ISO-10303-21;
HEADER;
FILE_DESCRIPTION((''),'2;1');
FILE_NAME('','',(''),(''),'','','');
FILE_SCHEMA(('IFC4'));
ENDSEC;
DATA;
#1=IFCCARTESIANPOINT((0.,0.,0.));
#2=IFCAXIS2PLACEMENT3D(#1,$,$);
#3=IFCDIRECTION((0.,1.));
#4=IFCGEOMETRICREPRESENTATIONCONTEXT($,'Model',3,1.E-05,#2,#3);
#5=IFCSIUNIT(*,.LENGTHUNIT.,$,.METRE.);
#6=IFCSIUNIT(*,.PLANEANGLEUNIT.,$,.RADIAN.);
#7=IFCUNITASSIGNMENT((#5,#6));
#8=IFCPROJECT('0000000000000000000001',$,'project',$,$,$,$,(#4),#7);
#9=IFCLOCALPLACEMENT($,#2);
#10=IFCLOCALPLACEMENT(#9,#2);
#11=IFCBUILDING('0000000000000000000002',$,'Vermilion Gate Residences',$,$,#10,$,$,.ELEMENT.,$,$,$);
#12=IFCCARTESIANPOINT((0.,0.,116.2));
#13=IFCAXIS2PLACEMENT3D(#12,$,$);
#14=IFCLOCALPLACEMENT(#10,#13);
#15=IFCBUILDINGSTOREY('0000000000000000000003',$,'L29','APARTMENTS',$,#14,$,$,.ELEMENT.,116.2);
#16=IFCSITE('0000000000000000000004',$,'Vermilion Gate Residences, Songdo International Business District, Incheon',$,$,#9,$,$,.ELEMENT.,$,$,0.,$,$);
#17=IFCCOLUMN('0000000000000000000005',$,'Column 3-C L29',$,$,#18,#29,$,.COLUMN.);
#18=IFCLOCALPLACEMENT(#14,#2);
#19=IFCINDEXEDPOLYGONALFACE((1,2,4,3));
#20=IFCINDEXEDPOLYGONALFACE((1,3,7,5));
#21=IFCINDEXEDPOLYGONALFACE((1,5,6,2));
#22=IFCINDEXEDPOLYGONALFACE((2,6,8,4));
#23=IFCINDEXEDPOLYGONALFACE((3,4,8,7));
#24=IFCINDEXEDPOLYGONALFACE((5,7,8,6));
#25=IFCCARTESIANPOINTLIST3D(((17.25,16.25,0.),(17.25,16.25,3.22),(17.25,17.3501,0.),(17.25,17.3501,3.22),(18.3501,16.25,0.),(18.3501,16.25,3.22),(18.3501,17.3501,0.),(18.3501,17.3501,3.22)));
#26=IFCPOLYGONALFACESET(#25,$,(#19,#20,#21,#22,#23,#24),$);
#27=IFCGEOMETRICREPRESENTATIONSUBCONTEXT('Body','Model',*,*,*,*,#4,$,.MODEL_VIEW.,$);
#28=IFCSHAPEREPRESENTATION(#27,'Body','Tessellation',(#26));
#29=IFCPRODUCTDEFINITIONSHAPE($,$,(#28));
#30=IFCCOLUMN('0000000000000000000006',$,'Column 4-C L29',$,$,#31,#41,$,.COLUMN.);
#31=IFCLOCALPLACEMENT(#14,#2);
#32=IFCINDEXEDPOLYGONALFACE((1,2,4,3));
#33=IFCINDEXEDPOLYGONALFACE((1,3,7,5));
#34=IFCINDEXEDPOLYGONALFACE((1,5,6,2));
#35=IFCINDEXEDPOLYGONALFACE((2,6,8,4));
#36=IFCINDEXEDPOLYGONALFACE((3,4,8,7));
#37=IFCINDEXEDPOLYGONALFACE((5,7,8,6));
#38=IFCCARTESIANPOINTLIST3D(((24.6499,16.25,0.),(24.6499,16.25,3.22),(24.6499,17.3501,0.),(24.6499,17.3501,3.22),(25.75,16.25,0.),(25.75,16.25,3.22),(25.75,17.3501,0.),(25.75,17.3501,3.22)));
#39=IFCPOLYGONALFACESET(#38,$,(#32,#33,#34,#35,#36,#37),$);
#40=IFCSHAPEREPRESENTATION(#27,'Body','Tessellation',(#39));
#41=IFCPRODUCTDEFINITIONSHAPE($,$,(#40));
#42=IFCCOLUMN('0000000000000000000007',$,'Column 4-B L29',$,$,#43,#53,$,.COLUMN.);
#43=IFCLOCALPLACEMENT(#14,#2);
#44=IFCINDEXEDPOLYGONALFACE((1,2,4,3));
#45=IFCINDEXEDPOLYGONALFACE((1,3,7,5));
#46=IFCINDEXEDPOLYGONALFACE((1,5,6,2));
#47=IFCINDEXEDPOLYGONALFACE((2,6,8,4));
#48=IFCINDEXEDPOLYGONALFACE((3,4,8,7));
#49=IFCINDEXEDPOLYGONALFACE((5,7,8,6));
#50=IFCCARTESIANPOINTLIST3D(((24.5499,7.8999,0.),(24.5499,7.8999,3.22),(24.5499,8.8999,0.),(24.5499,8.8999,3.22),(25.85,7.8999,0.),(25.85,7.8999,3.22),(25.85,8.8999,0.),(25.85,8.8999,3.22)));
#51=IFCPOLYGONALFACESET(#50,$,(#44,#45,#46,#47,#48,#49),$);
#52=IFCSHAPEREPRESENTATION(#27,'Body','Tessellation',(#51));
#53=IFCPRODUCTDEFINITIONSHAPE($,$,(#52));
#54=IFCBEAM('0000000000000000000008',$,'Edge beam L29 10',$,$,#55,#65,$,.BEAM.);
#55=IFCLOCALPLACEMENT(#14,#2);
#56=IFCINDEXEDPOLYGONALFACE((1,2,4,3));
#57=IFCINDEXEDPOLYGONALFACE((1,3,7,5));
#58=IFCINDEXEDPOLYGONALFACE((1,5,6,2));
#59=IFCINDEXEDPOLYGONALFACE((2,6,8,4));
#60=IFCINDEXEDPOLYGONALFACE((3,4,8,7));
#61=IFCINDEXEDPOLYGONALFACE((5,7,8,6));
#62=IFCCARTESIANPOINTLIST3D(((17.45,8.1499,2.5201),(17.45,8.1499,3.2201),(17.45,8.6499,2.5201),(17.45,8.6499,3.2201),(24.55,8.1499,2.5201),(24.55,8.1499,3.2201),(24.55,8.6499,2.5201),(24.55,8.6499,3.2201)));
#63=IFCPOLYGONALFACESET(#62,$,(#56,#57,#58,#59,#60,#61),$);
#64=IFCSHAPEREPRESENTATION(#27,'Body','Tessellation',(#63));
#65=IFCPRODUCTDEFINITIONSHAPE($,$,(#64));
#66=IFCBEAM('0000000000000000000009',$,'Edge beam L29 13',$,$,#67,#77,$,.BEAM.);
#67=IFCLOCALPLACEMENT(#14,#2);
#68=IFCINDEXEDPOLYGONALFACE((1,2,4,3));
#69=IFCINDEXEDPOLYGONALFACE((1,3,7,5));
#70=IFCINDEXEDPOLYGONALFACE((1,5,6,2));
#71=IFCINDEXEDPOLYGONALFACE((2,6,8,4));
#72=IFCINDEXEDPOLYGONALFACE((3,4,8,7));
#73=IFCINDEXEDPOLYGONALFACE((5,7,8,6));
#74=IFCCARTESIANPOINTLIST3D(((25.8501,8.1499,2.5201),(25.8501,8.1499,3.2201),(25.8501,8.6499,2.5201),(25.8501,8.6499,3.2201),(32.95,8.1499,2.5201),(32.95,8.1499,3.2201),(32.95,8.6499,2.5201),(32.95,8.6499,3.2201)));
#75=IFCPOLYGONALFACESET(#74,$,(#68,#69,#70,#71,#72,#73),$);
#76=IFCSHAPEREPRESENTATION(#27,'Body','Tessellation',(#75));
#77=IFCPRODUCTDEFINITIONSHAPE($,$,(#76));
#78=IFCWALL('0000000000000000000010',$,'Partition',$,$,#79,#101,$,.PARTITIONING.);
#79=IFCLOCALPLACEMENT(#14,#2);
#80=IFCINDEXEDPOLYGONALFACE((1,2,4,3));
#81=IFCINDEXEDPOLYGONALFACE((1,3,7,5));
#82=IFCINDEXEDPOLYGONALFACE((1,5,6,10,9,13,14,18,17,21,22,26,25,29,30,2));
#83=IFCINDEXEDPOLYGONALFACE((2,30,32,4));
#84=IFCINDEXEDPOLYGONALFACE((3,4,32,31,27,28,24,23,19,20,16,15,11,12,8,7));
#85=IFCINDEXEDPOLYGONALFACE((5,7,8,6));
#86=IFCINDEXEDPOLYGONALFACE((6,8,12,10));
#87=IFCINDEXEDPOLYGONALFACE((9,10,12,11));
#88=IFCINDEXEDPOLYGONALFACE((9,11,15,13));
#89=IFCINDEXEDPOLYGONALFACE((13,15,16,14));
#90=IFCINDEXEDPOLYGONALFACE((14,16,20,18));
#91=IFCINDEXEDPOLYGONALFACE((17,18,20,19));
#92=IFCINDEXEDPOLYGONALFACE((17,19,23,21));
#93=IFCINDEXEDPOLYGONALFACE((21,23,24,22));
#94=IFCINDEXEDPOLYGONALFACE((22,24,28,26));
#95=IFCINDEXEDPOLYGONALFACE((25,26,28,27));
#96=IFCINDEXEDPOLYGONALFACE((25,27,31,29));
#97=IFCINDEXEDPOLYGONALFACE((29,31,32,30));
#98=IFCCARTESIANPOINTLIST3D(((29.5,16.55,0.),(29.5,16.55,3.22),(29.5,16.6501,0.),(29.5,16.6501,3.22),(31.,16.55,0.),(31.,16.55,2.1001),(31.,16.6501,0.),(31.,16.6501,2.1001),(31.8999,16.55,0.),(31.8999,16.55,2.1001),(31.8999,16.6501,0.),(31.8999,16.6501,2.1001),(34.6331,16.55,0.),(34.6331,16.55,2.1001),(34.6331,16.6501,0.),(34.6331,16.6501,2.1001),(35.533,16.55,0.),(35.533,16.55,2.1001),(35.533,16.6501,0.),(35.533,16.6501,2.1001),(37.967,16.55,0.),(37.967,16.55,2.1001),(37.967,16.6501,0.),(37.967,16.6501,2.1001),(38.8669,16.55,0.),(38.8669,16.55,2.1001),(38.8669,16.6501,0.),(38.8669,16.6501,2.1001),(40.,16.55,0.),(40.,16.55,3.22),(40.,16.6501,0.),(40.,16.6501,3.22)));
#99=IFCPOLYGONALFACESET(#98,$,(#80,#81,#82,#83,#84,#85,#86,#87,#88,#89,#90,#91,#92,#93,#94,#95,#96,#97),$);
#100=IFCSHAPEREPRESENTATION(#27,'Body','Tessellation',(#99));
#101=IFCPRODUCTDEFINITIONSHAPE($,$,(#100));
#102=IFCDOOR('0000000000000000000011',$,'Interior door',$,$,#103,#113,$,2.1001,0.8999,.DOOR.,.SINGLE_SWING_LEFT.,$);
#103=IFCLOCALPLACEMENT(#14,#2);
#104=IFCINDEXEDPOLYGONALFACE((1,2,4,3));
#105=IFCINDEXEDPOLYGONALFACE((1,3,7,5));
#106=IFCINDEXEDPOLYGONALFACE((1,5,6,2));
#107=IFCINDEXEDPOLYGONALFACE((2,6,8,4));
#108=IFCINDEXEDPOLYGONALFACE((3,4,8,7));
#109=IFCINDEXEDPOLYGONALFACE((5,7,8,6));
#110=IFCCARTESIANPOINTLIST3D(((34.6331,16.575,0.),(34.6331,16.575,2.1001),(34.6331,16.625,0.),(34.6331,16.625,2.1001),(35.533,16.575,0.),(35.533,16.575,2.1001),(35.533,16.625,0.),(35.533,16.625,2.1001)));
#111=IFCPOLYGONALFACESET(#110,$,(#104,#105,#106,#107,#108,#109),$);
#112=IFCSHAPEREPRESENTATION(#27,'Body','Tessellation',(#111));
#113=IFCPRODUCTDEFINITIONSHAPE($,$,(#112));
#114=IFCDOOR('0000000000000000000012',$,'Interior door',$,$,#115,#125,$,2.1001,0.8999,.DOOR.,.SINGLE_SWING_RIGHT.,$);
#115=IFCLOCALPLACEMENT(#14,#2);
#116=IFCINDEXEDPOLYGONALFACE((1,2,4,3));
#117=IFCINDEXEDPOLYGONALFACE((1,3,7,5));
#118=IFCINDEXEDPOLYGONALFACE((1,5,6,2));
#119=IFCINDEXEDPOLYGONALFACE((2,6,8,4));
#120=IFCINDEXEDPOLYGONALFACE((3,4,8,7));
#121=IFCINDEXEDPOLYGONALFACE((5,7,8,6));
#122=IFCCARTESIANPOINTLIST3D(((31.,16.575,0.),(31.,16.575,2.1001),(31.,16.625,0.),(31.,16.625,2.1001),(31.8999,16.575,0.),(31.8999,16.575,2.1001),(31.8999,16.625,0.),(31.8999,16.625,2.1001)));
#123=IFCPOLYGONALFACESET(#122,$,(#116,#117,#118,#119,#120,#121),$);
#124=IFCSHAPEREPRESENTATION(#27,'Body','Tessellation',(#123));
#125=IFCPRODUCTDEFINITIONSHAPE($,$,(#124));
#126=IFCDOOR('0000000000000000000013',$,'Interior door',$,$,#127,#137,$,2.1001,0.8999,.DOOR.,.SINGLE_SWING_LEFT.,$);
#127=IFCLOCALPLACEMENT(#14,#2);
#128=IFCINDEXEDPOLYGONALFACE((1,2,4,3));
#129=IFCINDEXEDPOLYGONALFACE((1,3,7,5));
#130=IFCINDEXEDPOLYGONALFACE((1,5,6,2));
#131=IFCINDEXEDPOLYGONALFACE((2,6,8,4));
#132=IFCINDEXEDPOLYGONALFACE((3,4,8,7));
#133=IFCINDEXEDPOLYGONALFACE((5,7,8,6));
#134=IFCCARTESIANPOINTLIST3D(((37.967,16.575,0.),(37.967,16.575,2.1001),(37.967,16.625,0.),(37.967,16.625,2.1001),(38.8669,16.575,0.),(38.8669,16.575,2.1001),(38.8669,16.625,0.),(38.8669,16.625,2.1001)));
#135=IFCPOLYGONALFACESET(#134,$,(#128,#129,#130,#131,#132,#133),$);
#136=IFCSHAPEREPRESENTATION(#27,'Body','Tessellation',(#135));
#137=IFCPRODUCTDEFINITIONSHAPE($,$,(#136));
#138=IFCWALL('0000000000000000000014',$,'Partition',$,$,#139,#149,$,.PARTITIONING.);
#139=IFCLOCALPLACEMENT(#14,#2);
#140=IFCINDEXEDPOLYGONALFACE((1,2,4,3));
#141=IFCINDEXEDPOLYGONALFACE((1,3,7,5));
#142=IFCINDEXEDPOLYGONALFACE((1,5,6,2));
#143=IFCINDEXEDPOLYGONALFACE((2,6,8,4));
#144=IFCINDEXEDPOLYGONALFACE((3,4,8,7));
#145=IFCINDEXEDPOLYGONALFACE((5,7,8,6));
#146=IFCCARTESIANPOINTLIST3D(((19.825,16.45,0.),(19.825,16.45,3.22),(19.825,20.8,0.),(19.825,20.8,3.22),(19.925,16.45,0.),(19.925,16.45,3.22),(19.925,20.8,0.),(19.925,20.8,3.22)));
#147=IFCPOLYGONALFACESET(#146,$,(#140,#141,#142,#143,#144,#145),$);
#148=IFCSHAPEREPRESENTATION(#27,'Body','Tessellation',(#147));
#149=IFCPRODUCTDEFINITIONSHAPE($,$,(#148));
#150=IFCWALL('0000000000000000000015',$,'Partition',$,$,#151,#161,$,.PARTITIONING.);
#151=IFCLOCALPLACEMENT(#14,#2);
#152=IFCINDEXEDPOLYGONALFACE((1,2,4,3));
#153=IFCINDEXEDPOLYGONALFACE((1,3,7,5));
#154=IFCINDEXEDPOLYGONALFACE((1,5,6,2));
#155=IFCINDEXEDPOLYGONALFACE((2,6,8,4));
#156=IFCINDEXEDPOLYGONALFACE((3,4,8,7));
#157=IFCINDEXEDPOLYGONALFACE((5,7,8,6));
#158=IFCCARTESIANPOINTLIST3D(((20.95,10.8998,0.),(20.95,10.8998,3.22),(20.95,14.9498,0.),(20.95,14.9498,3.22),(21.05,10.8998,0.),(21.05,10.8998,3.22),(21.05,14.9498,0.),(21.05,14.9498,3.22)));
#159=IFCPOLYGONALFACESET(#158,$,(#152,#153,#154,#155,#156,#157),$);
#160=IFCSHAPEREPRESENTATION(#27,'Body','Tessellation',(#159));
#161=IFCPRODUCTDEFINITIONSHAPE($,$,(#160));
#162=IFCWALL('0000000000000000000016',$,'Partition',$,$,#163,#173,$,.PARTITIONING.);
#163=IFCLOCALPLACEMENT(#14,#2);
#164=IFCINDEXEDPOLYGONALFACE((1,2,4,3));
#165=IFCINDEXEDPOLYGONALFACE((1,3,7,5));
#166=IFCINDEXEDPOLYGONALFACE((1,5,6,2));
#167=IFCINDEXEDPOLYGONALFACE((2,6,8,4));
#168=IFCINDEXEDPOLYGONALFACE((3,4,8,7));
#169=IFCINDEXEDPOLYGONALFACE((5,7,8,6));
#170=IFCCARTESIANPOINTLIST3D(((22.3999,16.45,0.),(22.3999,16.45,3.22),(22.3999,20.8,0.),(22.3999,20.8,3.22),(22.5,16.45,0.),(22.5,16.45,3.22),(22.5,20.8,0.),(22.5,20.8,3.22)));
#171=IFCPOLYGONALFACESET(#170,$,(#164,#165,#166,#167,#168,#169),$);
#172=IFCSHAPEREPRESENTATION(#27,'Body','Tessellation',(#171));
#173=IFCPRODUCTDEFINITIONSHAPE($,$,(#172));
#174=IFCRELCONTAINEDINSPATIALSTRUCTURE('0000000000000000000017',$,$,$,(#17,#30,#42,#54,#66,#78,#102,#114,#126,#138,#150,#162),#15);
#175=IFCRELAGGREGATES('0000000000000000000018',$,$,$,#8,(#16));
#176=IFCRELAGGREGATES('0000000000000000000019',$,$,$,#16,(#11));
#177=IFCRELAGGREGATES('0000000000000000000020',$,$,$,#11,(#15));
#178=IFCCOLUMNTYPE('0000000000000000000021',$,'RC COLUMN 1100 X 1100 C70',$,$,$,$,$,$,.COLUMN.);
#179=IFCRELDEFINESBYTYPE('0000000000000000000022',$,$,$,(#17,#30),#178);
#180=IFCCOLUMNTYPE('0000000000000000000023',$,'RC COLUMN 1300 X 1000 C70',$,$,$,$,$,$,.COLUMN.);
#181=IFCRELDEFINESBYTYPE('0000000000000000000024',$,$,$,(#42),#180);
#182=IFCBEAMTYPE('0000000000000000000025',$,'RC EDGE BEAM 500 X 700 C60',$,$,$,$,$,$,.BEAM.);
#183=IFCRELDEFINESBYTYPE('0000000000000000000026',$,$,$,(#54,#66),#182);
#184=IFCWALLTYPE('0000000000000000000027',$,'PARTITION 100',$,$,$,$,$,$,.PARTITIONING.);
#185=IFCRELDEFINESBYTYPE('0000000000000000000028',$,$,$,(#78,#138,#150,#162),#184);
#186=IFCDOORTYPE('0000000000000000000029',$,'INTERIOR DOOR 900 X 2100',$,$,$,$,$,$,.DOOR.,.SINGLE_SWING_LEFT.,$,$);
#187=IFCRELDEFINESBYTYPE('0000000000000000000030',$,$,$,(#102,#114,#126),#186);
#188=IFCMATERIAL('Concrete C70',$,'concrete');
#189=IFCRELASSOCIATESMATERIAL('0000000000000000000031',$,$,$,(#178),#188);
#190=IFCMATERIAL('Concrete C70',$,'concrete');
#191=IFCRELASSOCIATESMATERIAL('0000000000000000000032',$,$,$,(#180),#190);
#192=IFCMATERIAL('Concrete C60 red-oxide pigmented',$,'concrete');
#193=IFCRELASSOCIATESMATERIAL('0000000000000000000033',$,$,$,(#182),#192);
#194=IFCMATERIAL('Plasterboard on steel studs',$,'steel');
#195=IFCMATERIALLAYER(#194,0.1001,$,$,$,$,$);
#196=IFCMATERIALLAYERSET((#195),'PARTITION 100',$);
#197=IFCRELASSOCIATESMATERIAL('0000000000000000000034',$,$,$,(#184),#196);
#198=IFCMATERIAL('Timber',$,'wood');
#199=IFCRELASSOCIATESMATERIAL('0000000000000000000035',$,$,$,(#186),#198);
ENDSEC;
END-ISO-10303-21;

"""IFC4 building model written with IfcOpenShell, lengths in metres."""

from ifc_helpers import new_model, si_unit, direction, frame, frame_2d, origin, origin_2d, place, context, subcontext, project, spatial, rectangle, extrude, material, layer, layer_set, material_profile, profile_set, type_object, element, fill, save


model = new_model("IFC4")

# Units and contexts
model_context = context("Model", 3, precision=1e-05, world=origin(), true_north=direction((0.0, 1.0)))
body_context = subcontext(model_context, "Body", "Model", "MODEL_VIEW")
ifc_project = project(units=[si_unit("LENGTHUNIT", "METRE"), si_unit("PLANEANGLEUNIT", "RADIAN")], contexts=[model_context])

# Site, building, storey
site_placement = place(None, origin())
site = spatial("IfcSite", under=ifc_project, at=site_placement, Name="Vermilion Gate Residences, Songdo International Business District, Incheon", CompositionType="ELEMENT", RefElevation=0.0)
building_placement = place(site_placement, origin())
building = spatial("IfcBuilding", under=site, at=building_placement, Name="Vermilion Gate Residences", CompositionType="ELEMENT")
storey_placement = place(building_placement, frame((0.0, 0.0, 116.2)))
storey = spatial("IfcBuildingStorey", under=building, at=storey_placement, Name="L29", Description="APARTMENTS", CompositionType="ELEMENT", Elevation=116.2)

# Columns
ifc_material_1 = material(Name="Concrete C70", Category="concrete")
ifc_material_profile_1 = material_profile(ifc_material_1, rectangle(XDim=1.1001, YDim=1.1001, at=origin_2d()), Name="RC-1100x1100")
ifc_profile_set_1 = profile_set([ifc_material_profile_1], Name="Concrete C70")
column_type_1 = type_object("IfcColumnType", Name="RC COLUMN 1100 X 1100 C70", PredefinedType="COLUMN", material=ifc_profile_set_1)
for number, where, z_axis, x_axis, name in (
    (1, (17.8, 16.8, 0.0), (0.0, 0.0, 1.0), (1.0, 0.0, 0.0), "Column 3-C L29"),
    (2, (25.2, 16.8, 0.0), (0.0, 0.0, 1.0), (1.0, 0.0, 0.0), "Column 4-C L29"),
):
    element("IfcColumn", number, at=place(storey_placement, frame(where, z_axis=z_axis, x_axis=x_axis)), inside=storey, type_object=column_type_1, Name=name, PredefinedType="COLUMN", context=body_context, shape_type="SweptSolid", body=[
        extrude(rectangle(XDim=1.1001, YDim=1.1001, at=origin_2d()), origin(), (0.0, 0.0, 1.0), 3.22),
    ])
ifc_material_2 = material(Name="Concrete C70", Category="concrete")
ifc_material_profile_2 = material_profile(ifc_material_2, rectangle(XDim=1.3, YDim=1.0, at=origin_2d()), Name="RC-1300x1000")
ifc_profile_set_2 = profile_set([ifc_material_profile_2], Name="Concrete C70")
column_type_2 = type_object("IfcColumnType", Name="RC COLUMN 1300 X 1000 C70", PredefinedType="COLUMN", material=ifc_profile_set_2)
column_placement = place(storey_placement, frame((25.2, 8.3999, 0.0), z_axis=(0.0, 0.0, 1.0), x_axis=(1.0, 0.0, 0.0)))
element("IfcColumn", 3, at=column_placement, inside=storey, type_object=column_type_2, Name="Column 4-B L29", PredefinedType="COLUMN", context=body_context, shape_type="SweptSolid", body=[
    extrude(rectangle(XDim=1.3, YDim=1.0, at=origin_2d()), origin(), (0.0, 0.0, 1.0), 3.22),
])

# Beams
ifc_material_3 = material(Name="Concrete C60 red-oxide pigmented", Category="concrete")
ifc_material_profile_3 = material_profile(ifc_material_3, rectangle(XDim=0.5, YDim=0.7, at=origin_2d()), Name="RC-500x700")
ifc_profile_set_3 = profile_set([ifc_material_profile_3], Name="Concrete C60 red-oxide pigmented")
beam_type = type_object("IfcBeamType", Name="RC EDGE BEAM 500 X 700 C60", PredefinedType="BEAM", material=ifc_profile_set_3)
beam_1_placement = place(storey_placement, frame((17.45, 8.3999, 2.8701), z_axis=(1.0, 0.0, 0.0), x_axis=(0.0, 1.0, 0.0)))
element("IfcBeam", 4, at=beam_1_placement, inside=storey, type_object=beam_type, Name="Edge beam L29 10", PredefinedType="BEAM", context=body_context, shape_type="SweptSolid", body=[
    extrude(rectangle(XDim=0.5, YDim=0.7, at=origin_2d()), origin(), (0.0, 0.0, 1.0), 7.1001),
])
beam_2_placement = place(storey_placement, frame((25.8501, 8.3999, 2.8701), z_axis=(1.0, 0.0, 0.0), x_axis=(0.0, 1.0, 0.0)))
element("IfcBeam", 5, at=beam_2_placement, inside=storey, type_object=beam_type, Name="Edge beam L29 13", PredefinedType="BEAM", context=body_context, shape_type="SweptSolid", body=[
    extrude(rectangle(XDim=0.5, YDim=0.7, at=origin_2d()), origin(), (0.0, 0.0, 1.0), 7.0999),
])

# Wall, openings, doors
ifc_material_4 = material(Name="Plasterboard on steel studs", Category="steel")
ifc_layer_1 = layer(ifc_material_4, 0.1001)
ifc_layer_set_1 = layer_set([ifc_layer_1], Name="PARTITION 100")
wall_type_1 = type_object("IfcWallType", Name="PARTITION 100", PredefinedType="PARTITIONING", material=ifc_layer_set_1)
wall_1_placement = place(storey_placement, frame((29.5, 16.6001, 0.0), z_axis=(0.0, 0.0, 1.0), x_axis=(1.0, 0.0, 0.0)))
wall_1 = element("IfcWall", 6, at=wall_1_placement, inside=storey, type_object=wall_type_1, Name="Partition", PredefinedType="PARTITIONING", context=body_context, shape_type="SweptSolid", body=[
    extrude(rectangle(XDim=10.5, YDim=0.1001, at=frame_2d((5.25, 0.0))), origin(), (0.0, 0.0, 1.0), 3.22),
])
opening_1_placement = place(wall_1_placement, frame((5.1331, 0.0, 0.0)))
opening_1 = element("IfcOpeningElement", 7, at=opening_1_placement, cuts=wall_1, PredefinedType="OPENING", context=body_context, shape_type="SweptSolid", body=[
    extrude(rectangle(XDim=0.8999, YDim=2.1001, at=frame_2d((0.45, 1.05))), frame((0.0, 0.0601, 0.0), z_axis=(0.0, -1.0, 0.0), x_axis=(1.0, 0.0, 0.0)), (0.0, 0.0, 1.0), 0.1201),
])
opening_2_placement = place(wall_1_placement, frame((1.5, 0.0, 0.0)))
opening_2 = element("IfcOpeningElement", 8, at=opening_2_placement, cuts=wall_1, PredefinedType="OPENING", context=body_context, shape_type="SweptSolid", body=[
    extrude(rectangle(XDim=0.8999, YDim=2.1001, at=frame_2d((0.45, 1.05))), frame((0.0, 0.0601, 0.0), z_axis=(0.0, -1.0, 0.0), x_axis=(1.0, 0.0, 0.0)), (0.0, 0.0, 1.0), 0.1201),
])
opening_3_placement = place(wall_1_placement, frame((8.467, 0.0, 0.0)))
opening_3 = element("IfcOpeningElement", 9, at=opening_3_placement, cuts=wall_1, PredefinedType="OPENING", context=body_context, shape_type="SweptSolid", body=[
    extrude(rectangle(XDim=0.8999, YDim=2.1001, at=frame_2d((0.45, 1.05))), frame((0.0, 0.0601, 0.0), z_axis=(0.0, -1.0, 0.0), x_axis=(1.0, 0.0, 0.0)), (0.0, 0.0, 1.0), 0.1201),
])
ifc_material_5 = material(Name="Timber", Category="wood")
door_type = type_object("IfcDoorType", Name="INTERIOR DOOR 900 X 2100", OperationType="SINGLE_SWING_LEFT", PredefinedType="DOOR", material=ifc_material_5)
door_1_placement = place(opening_1_placement, origin())
door_1 = element("IfcDoor", 10, at=door_1_placement, inside=storey, type_object=door_type, Name="Interior door", OperationType="SINGLE_SWING_LEFT", OverallHeight=2.1001, OverallWidth=0.8999, PredefinedType="DOOR", context=body_context, shape_type="SweptSolid", body=[
    extrude(rectangle(XDim=0.8999, YDim=2.1001, at=frame_2d((0.45, 1.05))), frame((0.0, 0.0249, 0.0), z_axis=(0.0, -1.0, 0.0), x_axis=(1.0, 0.0, 0.0)), (0.0, 0.0, 1.0), 0.05),
])
fill(opening_1, door_1)
door_2_placement = place(opening_2_placement, origin())
door_2 = element("IfcDoor", 11, at=door_2_placement, inside=storey, type_object=door_type, Name="Interior door", OperationType="SINGLE_SWING_RIGHT", OverallHeight=2.1001, OverallWidth=0.8999, PredefinedType="DOOR", context=body_context, shape_type="SweptSolid", body=[
    extrude(rectangle(XDim=0.8999, YDim=2.1001, at=frame_2d((0.45, 1.05))), frame((0.0, 0.0249, 0.0), z_axis=(0.0, -1.0, 0.0), x_axis=(1.0, 0.0, 0.0)), (0.0, 0.0, 1.0), 0.05),
])
fill(opening_2, door_2)
door_3_placement = place(opening_3_placement, origin())
door_3 = element("IfcDoor", 12, at=door_3_placement, inside=storey, type_object=door_type, Name="Interior door", OperationType="SINGLE_SWING_LEFT", OverallHeight=2.1001, OverallWidth=0.8999, PredefinedType="DOOR", context=body_context, shape_type="SweptSolid", body=[
    extrude(rectangle(XDim=0.8999, YDim=2.1001, at=frame_2d((0.45, 1.05))), frame((0.0, 0.0249, 0.0), z_axis=(0.0, -1.0, 0.0), x_axis=(1.0, 0.0, 0.0)), (0.0, 0.0, 1.0), 0.05),
])
fill(opening_3, door_3)

# Walls
wall_2_placement = place(storey_placement, frame((19.875, 16.45, 0.0), z_axis=(0.0, 0.0, 1.0), x_axis=(0.0, 1.0, 0.0)))
element("IfcWall", 13, at=wall_2_placement, inside=storey, type_object=wall_type_1, Name="Partition", PredefinedType="PARTITIONING", context=body_context, shape_type="SweptSolid", body=[
    extrude(rectangle(XDim=4.3501, YDim=0.1001, at=frame_2d((2.175, 0.0))), origin(), (0.0, 0.0, 1.0), 3.22),
])
wall_3_placement = place(storey_placement, frame((21.0, 10.8999, 0.0), z_axis=(0.0, 0.0, 1.0), x_axis=(0.0, 1.0, 0.0)))
element("IfcWall", 14, at=wall_3_placement, inside=storey, type_object=wall_type_1, Name="Partition", PredefinedType="PARTITIONING", context=body_context, shape_type="SweptSolid", body=[
    extrude(rectangle(XDim=4.05, YDim=0.1001, at=frame_2d((2.0249, 0.0))), origin(), (0.0, 0.0, 1.0), 3.22),
])
wall_4_placement = place(storey_placement, frame((22.45, 16.45, 0.0), z_axis=(0.0, 0.0, 1.0), x_axis=(0.0, 1.0, 0.0)))
element("IfcWall", 15, at=wall_4_placement, inside=storey, type_object=wall_type_1, Name="Partition", PredefinedType="PARTITIONING", context=body_context, shape_type="SweptSolid", body=[
    extrude(rectangle(XDim=4.3501, YDim=0.1001, at=frame_2d((2.175, 0.0))), origin(), (0.0, 0.0, 1.0), 3.22),
])

save(model, "model.ifc")
